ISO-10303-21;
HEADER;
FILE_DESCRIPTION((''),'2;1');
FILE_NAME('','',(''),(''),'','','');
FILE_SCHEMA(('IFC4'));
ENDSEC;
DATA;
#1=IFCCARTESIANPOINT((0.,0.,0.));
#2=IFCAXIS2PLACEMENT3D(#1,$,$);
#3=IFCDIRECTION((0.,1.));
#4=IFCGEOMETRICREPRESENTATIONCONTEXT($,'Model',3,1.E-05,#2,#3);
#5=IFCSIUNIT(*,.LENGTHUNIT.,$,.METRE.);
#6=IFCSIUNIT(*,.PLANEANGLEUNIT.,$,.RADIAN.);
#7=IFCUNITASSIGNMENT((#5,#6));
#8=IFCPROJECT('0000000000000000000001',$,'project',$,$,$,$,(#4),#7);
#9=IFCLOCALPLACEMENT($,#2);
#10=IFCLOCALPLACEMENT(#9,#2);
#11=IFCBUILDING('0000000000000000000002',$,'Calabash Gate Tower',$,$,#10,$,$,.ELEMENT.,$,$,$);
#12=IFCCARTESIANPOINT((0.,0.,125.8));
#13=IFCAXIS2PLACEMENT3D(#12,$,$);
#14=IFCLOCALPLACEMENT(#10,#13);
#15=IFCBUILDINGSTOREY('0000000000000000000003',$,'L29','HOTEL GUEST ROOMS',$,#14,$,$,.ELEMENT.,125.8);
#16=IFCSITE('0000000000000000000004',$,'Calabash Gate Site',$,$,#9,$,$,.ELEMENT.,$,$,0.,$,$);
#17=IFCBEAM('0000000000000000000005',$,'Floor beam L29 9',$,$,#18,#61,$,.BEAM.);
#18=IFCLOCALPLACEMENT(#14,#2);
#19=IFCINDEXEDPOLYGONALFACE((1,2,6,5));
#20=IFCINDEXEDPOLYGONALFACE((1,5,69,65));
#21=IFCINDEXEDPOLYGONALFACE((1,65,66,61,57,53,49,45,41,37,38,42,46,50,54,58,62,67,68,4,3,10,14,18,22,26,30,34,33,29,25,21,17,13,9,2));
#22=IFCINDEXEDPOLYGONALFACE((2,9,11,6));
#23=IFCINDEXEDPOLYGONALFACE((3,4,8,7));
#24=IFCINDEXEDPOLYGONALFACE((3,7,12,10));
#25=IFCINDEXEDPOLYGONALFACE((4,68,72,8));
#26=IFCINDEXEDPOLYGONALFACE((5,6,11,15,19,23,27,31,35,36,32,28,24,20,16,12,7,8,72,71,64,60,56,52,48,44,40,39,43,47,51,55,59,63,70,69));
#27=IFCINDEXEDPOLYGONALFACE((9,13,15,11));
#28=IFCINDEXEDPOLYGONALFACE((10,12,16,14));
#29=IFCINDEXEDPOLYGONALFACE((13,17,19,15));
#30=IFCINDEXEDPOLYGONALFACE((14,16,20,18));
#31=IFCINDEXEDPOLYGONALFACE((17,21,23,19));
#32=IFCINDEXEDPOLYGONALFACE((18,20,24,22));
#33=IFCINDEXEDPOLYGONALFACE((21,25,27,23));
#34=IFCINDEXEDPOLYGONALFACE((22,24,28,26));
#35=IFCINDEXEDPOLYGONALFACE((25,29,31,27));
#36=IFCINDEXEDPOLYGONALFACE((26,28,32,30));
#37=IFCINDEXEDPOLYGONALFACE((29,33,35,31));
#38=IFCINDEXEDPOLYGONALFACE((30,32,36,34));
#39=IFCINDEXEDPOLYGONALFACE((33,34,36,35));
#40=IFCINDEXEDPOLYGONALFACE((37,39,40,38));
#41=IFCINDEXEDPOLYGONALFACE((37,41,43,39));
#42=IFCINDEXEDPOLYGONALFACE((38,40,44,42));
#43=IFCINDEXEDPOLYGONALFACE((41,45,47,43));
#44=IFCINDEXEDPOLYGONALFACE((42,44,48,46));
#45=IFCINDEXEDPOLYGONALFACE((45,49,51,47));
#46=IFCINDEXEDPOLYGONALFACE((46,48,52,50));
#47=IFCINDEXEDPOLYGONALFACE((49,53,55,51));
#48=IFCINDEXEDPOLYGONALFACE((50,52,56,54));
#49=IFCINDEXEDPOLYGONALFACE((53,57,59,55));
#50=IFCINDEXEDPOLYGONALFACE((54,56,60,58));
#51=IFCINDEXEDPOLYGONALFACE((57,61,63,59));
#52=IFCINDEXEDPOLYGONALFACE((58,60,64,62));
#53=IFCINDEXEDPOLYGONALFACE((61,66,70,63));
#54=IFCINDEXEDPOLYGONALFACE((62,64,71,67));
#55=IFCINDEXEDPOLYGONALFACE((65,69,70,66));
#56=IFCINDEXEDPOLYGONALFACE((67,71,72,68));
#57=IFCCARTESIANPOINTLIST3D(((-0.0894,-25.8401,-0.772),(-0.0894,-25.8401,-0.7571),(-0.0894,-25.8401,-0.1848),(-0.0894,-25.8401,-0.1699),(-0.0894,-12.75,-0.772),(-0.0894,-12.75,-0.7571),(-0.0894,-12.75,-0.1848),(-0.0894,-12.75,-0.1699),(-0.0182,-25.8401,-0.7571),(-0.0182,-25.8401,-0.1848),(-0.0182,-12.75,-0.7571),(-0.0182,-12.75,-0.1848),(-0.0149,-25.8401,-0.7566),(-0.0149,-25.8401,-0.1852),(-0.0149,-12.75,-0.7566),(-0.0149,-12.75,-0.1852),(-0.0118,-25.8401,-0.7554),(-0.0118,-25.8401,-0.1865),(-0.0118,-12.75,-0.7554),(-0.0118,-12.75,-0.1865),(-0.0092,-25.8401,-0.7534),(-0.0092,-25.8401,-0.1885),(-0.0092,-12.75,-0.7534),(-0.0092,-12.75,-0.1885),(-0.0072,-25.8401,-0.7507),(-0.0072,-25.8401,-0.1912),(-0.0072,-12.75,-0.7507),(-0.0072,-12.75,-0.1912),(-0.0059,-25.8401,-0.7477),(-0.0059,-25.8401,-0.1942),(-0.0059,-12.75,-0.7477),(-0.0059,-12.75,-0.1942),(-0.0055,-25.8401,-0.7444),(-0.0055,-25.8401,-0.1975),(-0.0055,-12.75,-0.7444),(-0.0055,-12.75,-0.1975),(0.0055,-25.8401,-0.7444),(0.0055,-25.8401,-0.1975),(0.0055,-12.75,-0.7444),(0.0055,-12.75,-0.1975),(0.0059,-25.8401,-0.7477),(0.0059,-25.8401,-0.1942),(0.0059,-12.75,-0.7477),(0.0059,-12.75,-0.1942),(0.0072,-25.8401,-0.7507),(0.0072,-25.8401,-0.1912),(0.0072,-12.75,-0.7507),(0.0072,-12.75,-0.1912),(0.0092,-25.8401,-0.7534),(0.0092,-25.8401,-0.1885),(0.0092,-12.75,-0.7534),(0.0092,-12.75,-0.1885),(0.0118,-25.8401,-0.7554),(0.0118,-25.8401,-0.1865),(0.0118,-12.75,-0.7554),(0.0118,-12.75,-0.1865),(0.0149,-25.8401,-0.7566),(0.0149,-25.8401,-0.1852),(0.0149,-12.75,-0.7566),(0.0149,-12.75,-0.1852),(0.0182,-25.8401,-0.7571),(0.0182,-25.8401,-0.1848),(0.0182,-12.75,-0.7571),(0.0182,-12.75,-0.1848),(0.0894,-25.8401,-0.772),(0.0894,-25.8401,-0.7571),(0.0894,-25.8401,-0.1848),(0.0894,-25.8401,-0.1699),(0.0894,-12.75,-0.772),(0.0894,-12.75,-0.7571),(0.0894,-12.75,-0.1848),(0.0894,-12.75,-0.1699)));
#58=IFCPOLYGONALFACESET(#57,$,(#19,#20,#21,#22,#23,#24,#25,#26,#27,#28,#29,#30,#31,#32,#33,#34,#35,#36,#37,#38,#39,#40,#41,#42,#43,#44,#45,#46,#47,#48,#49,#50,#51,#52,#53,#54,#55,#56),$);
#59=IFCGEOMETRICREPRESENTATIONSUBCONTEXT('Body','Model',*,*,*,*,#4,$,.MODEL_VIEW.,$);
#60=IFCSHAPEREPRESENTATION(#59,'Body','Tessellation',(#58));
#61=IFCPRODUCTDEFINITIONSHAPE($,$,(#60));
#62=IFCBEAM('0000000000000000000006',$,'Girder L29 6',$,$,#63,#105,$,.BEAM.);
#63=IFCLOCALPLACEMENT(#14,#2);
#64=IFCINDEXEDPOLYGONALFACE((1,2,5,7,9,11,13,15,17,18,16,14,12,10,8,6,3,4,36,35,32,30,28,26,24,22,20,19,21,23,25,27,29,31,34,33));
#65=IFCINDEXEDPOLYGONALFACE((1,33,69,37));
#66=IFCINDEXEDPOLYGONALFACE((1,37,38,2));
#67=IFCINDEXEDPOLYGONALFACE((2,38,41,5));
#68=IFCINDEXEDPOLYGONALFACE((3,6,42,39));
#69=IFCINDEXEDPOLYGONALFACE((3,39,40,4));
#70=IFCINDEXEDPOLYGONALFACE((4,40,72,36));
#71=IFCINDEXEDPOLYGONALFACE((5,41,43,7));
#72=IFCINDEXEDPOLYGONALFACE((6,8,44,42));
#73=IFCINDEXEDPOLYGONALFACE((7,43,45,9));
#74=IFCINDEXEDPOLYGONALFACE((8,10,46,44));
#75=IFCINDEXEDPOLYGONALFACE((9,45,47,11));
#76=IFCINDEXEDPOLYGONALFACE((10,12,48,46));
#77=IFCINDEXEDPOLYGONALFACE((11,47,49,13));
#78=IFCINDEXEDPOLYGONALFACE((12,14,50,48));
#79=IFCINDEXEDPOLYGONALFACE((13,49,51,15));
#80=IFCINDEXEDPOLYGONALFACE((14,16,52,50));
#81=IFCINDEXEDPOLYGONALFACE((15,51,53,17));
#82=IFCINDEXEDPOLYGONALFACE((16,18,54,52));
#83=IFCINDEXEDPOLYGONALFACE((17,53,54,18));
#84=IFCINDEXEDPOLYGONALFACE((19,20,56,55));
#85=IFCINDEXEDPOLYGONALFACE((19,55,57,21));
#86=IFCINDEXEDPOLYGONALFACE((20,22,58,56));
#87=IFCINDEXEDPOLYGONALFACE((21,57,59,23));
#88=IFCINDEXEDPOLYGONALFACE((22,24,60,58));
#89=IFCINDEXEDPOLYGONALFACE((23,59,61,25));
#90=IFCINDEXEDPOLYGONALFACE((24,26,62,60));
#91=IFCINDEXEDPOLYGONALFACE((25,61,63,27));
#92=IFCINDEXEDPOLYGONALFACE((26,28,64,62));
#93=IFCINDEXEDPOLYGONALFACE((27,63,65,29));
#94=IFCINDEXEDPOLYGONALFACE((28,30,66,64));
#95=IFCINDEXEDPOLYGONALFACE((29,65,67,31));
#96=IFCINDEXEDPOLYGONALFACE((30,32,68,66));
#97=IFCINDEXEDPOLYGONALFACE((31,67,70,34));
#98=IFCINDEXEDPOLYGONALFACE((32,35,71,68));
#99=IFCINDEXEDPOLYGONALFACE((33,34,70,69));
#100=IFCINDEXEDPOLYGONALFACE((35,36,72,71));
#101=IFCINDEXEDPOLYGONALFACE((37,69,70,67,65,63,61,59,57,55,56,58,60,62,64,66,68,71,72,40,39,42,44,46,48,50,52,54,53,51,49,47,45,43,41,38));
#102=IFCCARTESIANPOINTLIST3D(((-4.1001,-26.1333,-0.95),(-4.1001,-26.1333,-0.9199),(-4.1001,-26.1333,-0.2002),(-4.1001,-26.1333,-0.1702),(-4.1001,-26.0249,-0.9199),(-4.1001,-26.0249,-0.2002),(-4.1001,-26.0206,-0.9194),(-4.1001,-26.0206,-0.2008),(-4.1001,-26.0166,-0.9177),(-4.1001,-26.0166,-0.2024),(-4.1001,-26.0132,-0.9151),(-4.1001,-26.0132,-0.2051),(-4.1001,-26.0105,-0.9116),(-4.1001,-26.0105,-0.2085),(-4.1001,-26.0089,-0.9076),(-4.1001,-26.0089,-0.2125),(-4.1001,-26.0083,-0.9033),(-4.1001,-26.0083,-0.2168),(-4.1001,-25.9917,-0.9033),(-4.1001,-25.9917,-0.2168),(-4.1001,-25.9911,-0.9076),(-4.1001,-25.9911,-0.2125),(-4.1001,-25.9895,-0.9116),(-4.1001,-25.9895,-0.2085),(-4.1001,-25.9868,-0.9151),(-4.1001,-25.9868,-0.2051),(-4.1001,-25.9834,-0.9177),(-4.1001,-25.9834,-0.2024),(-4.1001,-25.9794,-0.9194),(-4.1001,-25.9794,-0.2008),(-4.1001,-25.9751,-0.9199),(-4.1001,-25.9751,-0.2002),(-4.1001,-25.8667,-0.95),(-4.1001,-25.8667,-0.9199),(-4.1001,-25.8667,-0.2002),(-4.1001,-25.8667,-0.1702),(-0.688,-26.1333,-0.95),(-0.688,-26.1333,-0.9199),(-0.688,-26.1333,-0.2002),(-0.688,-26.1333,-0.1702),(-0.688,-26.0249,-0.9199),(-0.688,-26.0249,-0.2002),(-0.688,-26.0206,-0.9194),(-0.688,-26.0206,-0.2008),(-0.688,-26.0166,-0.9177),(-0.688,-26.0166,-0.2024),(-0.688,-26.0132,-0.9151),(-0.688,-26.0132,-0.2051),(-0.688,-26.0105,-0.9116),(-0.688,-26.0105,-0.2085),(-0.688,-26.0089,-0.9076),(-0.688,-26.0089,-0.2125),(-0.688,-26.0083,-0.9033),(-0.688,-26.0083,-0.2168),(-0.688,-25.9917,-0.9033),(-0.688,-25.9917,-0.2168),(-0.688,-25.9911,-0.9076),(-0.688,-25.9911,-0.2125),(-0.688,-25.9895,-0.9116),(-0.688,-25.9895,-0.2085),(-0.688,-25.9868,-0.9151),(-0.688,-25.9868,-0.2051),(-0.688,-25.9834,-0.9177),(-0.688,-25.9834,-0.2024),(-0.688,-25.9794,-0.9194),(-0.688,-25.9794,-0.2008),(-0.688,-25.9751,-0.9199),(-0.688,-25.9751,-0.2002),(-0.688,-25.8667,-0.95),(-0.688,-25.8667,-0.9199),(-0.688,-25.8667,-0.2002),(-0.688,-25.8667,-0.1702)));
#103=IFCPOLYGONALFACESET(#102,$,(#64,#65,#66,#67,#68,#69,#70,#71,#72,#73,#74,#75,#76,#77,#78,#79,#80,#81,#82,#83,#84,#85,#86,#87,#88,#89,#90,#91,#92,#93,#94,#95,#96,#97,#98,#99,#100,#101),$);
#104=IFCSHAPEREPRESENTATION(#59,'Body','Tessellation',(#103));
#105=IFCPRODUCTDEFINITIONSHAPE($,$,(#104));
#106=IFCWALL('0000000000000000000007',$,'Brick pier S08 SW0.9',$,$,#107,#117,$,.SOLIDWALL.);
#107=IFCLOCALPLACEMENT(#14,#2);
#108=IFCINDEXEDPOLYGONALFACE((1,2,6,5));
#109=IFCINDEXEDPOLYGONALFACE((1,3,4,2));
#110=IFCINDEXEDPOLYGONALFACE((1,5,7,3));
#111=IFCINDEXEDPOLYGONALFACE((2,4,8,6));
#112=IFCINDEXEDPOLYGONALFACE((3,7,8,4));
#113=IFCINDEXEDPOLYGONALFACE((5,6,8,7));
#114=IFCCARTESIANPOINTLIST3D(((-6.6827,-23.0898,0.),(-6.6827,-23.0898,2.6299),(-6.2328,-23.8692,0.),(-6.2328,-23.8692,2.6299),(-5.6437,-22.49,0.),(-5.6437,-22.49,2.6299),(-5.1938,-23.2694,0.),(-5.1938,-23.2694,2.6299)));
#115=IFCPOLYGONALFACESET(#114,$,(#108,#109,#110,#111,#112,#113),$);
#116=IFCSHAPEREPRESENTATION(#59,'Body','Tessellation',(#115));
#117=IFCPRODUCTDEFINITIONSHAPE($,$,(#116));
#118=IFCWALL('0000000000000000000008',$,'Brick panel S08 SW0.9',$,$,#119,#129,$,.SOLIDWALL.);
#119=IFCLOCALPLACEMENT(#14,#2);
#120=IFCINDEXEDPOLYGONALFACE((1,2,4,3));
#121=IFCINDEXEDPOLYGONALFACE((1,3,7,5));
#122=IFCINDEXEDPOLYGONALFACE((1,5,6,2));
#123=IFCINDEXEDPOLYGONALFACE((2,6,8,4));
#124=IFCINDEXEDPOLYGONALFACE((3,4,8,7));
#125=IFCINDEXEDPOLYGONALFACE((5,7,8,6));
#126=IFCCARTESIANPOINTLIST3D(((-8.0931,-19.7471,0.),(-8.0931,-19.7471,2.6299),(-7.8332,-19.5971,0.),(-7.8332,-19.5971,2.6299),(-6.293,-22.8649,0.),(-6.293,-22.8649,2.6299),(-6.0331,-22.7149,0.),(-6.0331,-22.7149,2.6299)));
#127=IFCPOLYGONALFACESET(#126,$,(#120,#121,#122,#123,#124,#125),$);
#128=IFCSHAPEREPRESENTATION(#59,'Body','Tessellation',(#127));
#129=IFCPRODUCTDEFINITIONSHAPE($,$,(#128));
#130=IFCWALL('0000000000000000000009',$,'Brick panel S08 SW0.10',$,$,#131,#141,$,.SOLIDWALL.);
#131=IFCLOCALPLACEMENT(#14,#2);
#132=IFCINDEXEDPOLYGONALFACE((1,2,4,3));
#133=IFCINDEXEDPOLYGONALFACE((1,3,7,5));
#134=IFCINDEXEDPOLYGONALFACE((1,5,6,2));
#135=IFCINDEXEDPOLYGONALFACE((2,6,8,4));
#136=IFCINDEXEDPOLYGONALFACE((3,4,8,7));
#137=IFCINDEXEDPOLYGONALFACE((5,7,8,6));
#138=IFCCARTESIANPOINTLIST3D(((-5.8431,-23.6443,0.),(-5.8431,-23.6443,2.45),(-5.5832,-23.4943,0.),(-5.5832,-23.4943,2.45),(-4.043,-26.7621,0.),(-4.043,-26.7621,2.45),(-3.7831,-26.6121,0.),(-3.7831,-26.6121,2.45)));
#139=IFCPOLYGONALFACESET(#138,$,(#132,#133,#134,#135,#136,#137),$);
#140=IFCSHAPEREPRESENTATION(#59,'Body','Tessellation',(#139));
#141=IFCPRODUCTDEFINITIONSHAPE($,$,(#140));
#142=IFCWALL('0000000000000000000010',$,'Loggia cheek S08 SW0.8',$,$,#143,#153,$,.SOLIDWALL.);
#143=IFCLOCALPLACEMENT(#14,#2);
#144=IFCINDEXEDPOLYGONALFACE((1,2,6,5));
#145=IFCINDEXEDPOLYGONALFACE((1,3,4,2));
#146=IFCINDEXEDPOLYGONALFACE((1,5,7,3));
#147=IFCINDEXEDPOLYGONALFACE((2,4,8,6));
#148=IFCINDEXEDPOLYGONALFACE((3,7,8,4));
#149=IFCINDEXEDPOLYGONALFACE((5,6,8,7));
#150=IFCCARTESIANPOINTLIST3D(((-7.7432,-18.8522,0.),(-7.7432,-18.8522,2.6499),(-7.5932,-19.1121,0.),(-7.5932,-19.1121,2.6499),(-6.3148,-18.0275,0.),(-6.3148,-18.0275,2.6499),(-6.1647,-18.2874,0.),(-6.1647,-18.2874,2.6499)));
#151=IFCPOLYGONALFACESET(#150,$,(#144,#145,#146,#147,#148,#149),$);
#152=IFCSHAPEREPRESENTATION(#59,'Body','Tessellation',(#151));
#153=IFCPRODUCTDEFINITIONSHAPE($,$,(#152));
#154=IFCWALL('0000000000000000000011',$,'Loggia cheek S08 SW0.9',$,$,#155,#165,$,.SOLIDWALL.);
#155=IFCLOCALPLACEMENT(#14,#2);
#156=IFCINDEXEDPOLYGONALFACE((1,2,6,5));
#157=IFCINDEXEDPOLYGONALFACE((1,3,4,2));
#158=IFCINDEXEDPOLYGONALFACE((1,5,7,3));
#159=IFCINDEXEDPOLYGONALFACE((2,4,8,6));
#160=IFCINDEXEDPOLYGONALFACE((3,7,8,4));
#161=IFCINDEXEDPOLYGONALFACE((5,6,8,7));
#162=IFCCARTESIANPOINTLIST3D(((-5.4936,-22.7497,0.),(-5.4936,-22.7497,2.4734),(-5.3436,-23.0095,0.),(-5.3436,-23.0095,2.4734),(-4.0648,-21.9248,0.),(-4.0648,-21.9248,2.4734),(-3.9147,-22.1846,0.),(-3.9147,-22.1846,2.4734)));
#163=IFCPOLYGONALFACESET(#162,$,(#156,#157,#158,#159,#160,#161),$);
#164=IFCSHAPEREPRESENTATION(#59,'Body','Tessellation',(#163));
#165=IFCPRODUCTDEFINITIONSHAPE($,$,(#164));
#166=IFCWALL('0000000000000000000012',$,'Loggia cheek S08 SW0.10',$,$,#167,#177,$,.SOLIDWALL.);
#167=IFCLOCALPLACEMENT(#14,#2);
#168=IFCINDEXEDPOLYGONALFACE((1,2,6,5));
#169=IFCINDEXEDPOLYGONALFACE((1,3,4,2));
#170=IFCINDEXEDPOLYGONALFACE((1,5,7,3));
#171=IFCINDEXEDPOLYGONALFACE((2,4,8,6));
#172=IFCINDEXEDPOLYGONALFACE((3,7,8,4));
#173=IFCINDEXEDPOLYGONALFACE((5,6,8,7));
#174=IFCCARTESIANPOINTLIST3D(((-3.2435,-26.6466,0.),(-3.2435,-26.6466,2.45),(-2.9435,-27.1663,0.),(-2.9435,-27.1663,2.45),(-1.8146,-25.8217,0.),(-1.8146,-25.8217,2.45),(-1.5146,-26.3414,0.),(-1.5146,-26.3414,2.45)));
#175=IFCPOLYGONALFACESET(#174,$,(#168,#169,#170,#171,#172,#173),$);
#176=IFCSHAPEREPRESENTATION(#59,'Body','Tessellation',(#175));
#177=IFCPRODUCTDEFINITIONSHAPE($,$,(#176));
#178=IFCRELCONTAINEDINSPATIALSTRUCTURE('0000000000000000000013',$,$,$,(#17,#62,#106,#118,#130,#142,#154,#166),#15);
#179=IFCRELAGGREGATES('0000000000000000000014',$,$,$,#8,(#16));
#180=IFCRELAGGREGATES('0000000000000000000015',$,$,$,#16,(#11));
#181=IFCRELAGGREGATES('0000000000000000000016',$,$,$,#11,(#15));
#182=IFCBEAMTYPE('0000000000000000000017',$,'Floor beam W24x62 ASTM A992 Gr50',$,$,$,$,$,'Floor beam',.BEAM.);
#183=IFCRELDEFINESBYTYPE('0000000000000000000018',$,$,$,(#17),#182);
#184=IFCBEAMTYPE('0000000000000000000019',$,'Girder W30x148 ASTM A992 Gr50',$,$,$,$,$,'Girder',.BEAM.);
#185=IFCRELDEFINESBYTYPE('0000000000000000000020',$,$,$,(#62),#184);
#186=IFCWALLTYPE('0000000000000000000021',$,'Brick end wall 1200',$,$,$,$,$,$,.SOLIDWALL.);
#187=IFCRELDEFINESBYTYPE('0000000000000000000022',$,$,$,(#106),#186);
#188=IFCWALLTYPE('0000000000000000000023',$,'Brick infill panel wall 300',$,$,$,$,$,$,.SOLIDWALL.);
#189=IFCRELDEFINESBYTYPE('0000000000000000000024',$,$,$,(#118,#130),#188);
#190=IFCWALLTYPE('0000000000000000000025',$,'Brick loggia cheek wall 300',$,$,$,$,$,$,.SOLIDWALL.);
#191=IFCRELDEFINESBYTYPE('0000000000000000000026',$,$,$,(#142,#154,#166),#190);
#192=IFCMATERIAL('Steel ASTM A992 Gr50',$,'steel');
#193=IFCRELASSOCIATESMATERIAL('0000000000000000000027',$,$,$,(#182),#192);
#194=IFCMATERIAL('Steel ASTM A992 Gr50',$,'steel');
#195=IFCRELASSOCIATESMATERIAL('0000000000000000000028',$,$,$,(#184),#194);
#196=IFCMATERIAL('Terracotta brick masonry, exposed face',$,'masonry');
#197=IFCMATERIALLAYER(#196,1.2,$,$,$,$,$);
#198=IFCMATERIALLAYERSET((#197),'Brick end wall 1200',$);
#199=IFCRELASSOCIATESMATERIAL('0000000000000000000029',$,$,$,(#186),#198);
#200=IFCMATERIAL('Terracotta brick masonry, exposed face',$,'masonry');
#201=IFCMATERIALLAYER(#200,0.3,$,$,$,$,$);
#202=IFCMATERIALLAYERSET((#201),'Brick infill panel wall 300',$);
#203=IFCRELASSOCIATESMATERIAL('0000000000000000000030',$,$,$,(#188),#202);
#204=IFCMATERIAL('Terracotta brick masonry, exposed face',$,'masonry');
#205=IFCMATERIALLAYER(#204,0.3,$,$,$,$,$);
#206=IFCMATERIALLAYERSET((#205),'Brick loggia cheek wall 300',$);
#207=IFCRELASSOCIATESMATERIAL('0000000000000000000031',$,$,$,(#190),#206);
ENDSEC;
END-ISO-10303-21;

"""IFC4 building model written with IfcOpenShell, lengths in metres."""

from ifc_helpers import new_model, si_unit, direction, frame, frame_2d, origin, origin_2d, place, context, subcontext, project, spatial, rectangle, i_section, extrude, material, layer, layer_set, material_profile, profile_set, type_object, element, save


model = new_model("IFC4")

# Units and contexts
model_context = context("Model", 3, precision=1e-05, world=origin(), true_north=direction((0.0, 1.0)))
body_context = subcontext(model_context, "Body", "Model", "MODEL_VIEW")
ifc_project = project(units=[si_unit("LENGTHUNIT", "METRE"), si_unit("PLANEANGLEUNIT", "RADIAN")], contexts=[model_context])

# Site, building, storey
site_placement = place(None, origin())
site = spatial("IfcSite", under=ifc_project, at=site_placement, Name="Calabash Gate Site", CompositionType="ELEMENT", RefElevation=0.0)
building_placement = place(site_placement, origin())
building = spatial("IfcBuilding", under=site, at=building_placement, Name="Calabash Gate Tower", CompositionType="ELEMENT")
storey_placement = place(building_placement, frame((0.0, 0.0, 125.8)))
storey = spatial("IfcBuildingStorey", under=building, at=storey_placement, Name="L29", Description="HOTEL GUEST ROOMS", CompositionType="ELEMENT", Elevation=125.8)

# Beams
ifc_material_1 = material(Name="Steel ASTM A992 Gr50", Category="steel")
ifc_material_profile_1 = material_profile(ifc_material_1, i_section(OverallWidth=0.1787, OverallDepth=0.6021, WebThickness=0.011, FlangeThickness=0.0149, FilletRadius=0.0127, at=origin_2d()))
ifc_profile_set_1 = profile_set([ifc_material_profile_1], Name="Steel ASTM A992 Gr50")
beam_type_1 = type_object("IfcBeamType", Name="Floor beam W24x62 ASTM A992 Gr50", ElementType="Floor beam", PredefinedType="BEAM", material=ifc_profile_set_1)
beam_1_placement = place(storey_placement, frame((0.0, -25.8401, -0.4709), z_axis=(0.0, 1.0, 0.0), x_axis=(-1.0, 0.0, 0.0)))
element("IfcBeam", 1, at=beam_1_placement, inside=storey, type_object=beam_type_1, Name="Floor beam L29 9", PredefinedType="BEAM", context=body_context, shape_type="SweptSolid", body=[
    extrude(i_section(OverallWidth=0.1787, OverallDepth=0.6021, WebThickness=0.011, FlangeThickness=0.0149, FilletRadius=0.0127, at=origin_2d()), origin(), (0.0, 0.0, 1.0), 13.0901),
])
ifc_material_2 = material(Name="Steel ASTM A992 Gr50", Category="steel")
ifc_material_profile_2 = material_profile(ifc_material_2, i_section(OverallWidth=0.2666, OverallDepth=0.7798, WebThickness=0.0166, FlangeThickness=0.03, FilletRadius=0.0166, at=origin_2d()))
ifc_profile_set_2 = profile_set([ifc_material_profile_2], Name="Steel ASTM A992 Gr50")
beam_type_2 = type_object("IfcBeamType", Name="Girder W30x148 ASTM A992 Gr50", ElementType="Girder", PredefinedType="BEAM", material=ifc_profile_set_2)
beam_2_placement = place(storey_placement, frame((-4.1001, -26.0, -0.5601), z_axis=(1.0, 0.0, 0.0), x_axis=(0.0, 1.0, 0.0)))
element("IfcBeam", 2, at=beam_2_placement, inside=storey, type_object=beam_type_2, Name="Girder L29 6", PredefinedType="BEAM", context=body_context, shape_type="SweptSolid", body=[
    extrude(i_section(OverallWidth=0.2666, OverallDepth=0.7798, WebThickness=0.0166, FlangeThickness=0.03, FilletRadius=0.0166, at=origin_2d()), origin(), (0.0, 0.0, 1.0), 3.4121),
])

# Walls
ifc_material_3 = material(Name="Terracotta brick masonry, exposed face", Category="masonry")
ifc_layer_1 = layer(ifc_material_3, 1.2)
ifc_layer_set_1 = layer_set([ifc_layer_1], Name="Brick end wall 1200")
wall_type_1 = type_object("IfcWallType", Name="Brick end wall 1200", PredefinedType="SOLIDWALL", material=ifc_layer_set_1)
wall_1_placement = place(storey_placement, frame((-6.4578, -23.4795, 0.0), z_axis=(0.0, 0.0, 1.0), x_axis=(0.866043, 0.499969, 0.0)))
element("IfcWall", 3, at=wall_1_placement, inside=storey, type_object=wall_type_1, Name="Brick pier S08 SW0.9", PredefinedType="SOLIDWALL", context=body_context, shape_type="SweptSolid", body=[
    extrude(rectangle(XDim=1.1997, YDim=0.8999, at=frame_2d((0.5999, 0.0))), origin(), (0.0, 0.0, 1.0), 2.6299),
])
ifc_material_4 = material(Name="Terracotta brick masonry, exposed face", Category="masonry")
ifc_layer_2 = layer(ifc_material_4, 0.3)
ifc_layer_set_2 = layer_set([ifc_layer_2], Name="Brick infill panel wall 300")
wall_type_2 = type_object("IfcWallType", Name="Brick infill panel wall 300", PredefinedType="SOLIDWALL", material=ifc_layer_set_2)
wall_2_placement = place(storey_placement, frame((-7.9631, -19.6721, 0.0), z_axis=(0.0, 0.0, 1.0), x_axis=(0.500012, -0.866018, 0.0)))
element("IfcWall", 4, at=wall_2_placement, inside=storey, type_object=wall_type_2, Name="Brick panel S08 SW0.9", PredefinedType="SOLIDWALL", context=body_context, shape_type="SweptSolid", body=[
    extrude(rectangle(XDim=3.6001, YDim=0.3, at=frame_2d((1.8, 0.0))), origin(), (0.0, 0.0, 1.0), 2.6299),
])
wall_3_placement = place(storey_placement, frame((-5.7131, -23.5693, 0.0), z_axis=(0.0, 0.0, 1.0), x_axis=(0.500012, -0.866018, 0.0)))
element("IfcWall", 5, at=wall_3_placement, inside=storey, type_object=wall_type_2, Name="Brick panel S08 SW0.10", PredefinedType="SOLIDWALL", context=body_context, shape_type="SweptSolid", body=[
    extrude(rectangle(XDim=3.6001, YDim=0.3, at=frame_2d((1.8, 0.0))), origin(), (0.0, 0.0, 1.0), 2.45),
])
ifc_material_5 = material(Name="Terracotta brick masonry, exposed face", Category="masonry")
ifc_layer_3 = layer(ifc_material_5, 0.3)
ifc_layer_set_3 = layer_set([ifc_layer_3], Name="Brick loggia cheek wall 300")
wall_type_3 = type_object("IfcWallType", Name="Brick loggia cheek wall 300", PredefinedType="SOLIDWALL", material=ifc_layer_set_3)
wall_4_placement = place(storey_placement, frame((-6.2397, -18.1575, 0.0), z_axis=(0.0, 0.0, 1.0), x_axis=(-0.86603, -0.499992, 0.0)))
element("IfcWall", 6, at=wall_4_placement, inside=storey, type_object=wall_type_3, Name="Loggia cheek S08 SW0.8", PredefinedType="SOLIDWALL", context=body_context, shape_type="SweptSolid", body=[
    extrude(rectangle(XDim=1.6494, YDim=0.3, at=frame_2d((0.8247, 0.0))), origin(), (0.0, 0.0, 1.0), 2.6499),
])
wall_5_placement = place(storey_placement, frame((-3.9897, -22.0547, 0.0), z_axis=(0.0, 0.0, 1.0), x_axis=(-0.86604, -0.499974, 0.0)))
element("IfcWall", 7, at=wall_5_placement, inside=storey, type_object=wall_type_3, Name="Loggia cheek S08 SW0.9", PredefinedType="SOLIDWALL", context=body_context, shape_type="SweptSolid", body=[
    extrude(rectangle(XDim=1.6499, YDim=0.3, at=frame_2d((0.825, 0.0))), origin(), (0.0, 0.0, 1.0), 2.4734),
])
wall_6_placement = place(storey_placement, frame((-3.0935, -26.9065, 0.0), z_axis=(0.0, 0.0, 1.0), x_axis=(0.86604, 0.499974, 0.0)))
element("IfcWall", 8, at=wall_6_placement, inside=storey, type_object=wall_type_3, Name="Loggia cheek S08 SW0.10", PredefinedType="SOLIDWALL", context=body_context, shape_type="SweptSolid", body=[
    extrude(rectangle(XDim=1.6499, YDim=0.6001, at=frame_2d((0.825, 0.0))), origin(), (0.0, 0.0, 1.0), 2.45),
])

save(model, "model.ifc")
